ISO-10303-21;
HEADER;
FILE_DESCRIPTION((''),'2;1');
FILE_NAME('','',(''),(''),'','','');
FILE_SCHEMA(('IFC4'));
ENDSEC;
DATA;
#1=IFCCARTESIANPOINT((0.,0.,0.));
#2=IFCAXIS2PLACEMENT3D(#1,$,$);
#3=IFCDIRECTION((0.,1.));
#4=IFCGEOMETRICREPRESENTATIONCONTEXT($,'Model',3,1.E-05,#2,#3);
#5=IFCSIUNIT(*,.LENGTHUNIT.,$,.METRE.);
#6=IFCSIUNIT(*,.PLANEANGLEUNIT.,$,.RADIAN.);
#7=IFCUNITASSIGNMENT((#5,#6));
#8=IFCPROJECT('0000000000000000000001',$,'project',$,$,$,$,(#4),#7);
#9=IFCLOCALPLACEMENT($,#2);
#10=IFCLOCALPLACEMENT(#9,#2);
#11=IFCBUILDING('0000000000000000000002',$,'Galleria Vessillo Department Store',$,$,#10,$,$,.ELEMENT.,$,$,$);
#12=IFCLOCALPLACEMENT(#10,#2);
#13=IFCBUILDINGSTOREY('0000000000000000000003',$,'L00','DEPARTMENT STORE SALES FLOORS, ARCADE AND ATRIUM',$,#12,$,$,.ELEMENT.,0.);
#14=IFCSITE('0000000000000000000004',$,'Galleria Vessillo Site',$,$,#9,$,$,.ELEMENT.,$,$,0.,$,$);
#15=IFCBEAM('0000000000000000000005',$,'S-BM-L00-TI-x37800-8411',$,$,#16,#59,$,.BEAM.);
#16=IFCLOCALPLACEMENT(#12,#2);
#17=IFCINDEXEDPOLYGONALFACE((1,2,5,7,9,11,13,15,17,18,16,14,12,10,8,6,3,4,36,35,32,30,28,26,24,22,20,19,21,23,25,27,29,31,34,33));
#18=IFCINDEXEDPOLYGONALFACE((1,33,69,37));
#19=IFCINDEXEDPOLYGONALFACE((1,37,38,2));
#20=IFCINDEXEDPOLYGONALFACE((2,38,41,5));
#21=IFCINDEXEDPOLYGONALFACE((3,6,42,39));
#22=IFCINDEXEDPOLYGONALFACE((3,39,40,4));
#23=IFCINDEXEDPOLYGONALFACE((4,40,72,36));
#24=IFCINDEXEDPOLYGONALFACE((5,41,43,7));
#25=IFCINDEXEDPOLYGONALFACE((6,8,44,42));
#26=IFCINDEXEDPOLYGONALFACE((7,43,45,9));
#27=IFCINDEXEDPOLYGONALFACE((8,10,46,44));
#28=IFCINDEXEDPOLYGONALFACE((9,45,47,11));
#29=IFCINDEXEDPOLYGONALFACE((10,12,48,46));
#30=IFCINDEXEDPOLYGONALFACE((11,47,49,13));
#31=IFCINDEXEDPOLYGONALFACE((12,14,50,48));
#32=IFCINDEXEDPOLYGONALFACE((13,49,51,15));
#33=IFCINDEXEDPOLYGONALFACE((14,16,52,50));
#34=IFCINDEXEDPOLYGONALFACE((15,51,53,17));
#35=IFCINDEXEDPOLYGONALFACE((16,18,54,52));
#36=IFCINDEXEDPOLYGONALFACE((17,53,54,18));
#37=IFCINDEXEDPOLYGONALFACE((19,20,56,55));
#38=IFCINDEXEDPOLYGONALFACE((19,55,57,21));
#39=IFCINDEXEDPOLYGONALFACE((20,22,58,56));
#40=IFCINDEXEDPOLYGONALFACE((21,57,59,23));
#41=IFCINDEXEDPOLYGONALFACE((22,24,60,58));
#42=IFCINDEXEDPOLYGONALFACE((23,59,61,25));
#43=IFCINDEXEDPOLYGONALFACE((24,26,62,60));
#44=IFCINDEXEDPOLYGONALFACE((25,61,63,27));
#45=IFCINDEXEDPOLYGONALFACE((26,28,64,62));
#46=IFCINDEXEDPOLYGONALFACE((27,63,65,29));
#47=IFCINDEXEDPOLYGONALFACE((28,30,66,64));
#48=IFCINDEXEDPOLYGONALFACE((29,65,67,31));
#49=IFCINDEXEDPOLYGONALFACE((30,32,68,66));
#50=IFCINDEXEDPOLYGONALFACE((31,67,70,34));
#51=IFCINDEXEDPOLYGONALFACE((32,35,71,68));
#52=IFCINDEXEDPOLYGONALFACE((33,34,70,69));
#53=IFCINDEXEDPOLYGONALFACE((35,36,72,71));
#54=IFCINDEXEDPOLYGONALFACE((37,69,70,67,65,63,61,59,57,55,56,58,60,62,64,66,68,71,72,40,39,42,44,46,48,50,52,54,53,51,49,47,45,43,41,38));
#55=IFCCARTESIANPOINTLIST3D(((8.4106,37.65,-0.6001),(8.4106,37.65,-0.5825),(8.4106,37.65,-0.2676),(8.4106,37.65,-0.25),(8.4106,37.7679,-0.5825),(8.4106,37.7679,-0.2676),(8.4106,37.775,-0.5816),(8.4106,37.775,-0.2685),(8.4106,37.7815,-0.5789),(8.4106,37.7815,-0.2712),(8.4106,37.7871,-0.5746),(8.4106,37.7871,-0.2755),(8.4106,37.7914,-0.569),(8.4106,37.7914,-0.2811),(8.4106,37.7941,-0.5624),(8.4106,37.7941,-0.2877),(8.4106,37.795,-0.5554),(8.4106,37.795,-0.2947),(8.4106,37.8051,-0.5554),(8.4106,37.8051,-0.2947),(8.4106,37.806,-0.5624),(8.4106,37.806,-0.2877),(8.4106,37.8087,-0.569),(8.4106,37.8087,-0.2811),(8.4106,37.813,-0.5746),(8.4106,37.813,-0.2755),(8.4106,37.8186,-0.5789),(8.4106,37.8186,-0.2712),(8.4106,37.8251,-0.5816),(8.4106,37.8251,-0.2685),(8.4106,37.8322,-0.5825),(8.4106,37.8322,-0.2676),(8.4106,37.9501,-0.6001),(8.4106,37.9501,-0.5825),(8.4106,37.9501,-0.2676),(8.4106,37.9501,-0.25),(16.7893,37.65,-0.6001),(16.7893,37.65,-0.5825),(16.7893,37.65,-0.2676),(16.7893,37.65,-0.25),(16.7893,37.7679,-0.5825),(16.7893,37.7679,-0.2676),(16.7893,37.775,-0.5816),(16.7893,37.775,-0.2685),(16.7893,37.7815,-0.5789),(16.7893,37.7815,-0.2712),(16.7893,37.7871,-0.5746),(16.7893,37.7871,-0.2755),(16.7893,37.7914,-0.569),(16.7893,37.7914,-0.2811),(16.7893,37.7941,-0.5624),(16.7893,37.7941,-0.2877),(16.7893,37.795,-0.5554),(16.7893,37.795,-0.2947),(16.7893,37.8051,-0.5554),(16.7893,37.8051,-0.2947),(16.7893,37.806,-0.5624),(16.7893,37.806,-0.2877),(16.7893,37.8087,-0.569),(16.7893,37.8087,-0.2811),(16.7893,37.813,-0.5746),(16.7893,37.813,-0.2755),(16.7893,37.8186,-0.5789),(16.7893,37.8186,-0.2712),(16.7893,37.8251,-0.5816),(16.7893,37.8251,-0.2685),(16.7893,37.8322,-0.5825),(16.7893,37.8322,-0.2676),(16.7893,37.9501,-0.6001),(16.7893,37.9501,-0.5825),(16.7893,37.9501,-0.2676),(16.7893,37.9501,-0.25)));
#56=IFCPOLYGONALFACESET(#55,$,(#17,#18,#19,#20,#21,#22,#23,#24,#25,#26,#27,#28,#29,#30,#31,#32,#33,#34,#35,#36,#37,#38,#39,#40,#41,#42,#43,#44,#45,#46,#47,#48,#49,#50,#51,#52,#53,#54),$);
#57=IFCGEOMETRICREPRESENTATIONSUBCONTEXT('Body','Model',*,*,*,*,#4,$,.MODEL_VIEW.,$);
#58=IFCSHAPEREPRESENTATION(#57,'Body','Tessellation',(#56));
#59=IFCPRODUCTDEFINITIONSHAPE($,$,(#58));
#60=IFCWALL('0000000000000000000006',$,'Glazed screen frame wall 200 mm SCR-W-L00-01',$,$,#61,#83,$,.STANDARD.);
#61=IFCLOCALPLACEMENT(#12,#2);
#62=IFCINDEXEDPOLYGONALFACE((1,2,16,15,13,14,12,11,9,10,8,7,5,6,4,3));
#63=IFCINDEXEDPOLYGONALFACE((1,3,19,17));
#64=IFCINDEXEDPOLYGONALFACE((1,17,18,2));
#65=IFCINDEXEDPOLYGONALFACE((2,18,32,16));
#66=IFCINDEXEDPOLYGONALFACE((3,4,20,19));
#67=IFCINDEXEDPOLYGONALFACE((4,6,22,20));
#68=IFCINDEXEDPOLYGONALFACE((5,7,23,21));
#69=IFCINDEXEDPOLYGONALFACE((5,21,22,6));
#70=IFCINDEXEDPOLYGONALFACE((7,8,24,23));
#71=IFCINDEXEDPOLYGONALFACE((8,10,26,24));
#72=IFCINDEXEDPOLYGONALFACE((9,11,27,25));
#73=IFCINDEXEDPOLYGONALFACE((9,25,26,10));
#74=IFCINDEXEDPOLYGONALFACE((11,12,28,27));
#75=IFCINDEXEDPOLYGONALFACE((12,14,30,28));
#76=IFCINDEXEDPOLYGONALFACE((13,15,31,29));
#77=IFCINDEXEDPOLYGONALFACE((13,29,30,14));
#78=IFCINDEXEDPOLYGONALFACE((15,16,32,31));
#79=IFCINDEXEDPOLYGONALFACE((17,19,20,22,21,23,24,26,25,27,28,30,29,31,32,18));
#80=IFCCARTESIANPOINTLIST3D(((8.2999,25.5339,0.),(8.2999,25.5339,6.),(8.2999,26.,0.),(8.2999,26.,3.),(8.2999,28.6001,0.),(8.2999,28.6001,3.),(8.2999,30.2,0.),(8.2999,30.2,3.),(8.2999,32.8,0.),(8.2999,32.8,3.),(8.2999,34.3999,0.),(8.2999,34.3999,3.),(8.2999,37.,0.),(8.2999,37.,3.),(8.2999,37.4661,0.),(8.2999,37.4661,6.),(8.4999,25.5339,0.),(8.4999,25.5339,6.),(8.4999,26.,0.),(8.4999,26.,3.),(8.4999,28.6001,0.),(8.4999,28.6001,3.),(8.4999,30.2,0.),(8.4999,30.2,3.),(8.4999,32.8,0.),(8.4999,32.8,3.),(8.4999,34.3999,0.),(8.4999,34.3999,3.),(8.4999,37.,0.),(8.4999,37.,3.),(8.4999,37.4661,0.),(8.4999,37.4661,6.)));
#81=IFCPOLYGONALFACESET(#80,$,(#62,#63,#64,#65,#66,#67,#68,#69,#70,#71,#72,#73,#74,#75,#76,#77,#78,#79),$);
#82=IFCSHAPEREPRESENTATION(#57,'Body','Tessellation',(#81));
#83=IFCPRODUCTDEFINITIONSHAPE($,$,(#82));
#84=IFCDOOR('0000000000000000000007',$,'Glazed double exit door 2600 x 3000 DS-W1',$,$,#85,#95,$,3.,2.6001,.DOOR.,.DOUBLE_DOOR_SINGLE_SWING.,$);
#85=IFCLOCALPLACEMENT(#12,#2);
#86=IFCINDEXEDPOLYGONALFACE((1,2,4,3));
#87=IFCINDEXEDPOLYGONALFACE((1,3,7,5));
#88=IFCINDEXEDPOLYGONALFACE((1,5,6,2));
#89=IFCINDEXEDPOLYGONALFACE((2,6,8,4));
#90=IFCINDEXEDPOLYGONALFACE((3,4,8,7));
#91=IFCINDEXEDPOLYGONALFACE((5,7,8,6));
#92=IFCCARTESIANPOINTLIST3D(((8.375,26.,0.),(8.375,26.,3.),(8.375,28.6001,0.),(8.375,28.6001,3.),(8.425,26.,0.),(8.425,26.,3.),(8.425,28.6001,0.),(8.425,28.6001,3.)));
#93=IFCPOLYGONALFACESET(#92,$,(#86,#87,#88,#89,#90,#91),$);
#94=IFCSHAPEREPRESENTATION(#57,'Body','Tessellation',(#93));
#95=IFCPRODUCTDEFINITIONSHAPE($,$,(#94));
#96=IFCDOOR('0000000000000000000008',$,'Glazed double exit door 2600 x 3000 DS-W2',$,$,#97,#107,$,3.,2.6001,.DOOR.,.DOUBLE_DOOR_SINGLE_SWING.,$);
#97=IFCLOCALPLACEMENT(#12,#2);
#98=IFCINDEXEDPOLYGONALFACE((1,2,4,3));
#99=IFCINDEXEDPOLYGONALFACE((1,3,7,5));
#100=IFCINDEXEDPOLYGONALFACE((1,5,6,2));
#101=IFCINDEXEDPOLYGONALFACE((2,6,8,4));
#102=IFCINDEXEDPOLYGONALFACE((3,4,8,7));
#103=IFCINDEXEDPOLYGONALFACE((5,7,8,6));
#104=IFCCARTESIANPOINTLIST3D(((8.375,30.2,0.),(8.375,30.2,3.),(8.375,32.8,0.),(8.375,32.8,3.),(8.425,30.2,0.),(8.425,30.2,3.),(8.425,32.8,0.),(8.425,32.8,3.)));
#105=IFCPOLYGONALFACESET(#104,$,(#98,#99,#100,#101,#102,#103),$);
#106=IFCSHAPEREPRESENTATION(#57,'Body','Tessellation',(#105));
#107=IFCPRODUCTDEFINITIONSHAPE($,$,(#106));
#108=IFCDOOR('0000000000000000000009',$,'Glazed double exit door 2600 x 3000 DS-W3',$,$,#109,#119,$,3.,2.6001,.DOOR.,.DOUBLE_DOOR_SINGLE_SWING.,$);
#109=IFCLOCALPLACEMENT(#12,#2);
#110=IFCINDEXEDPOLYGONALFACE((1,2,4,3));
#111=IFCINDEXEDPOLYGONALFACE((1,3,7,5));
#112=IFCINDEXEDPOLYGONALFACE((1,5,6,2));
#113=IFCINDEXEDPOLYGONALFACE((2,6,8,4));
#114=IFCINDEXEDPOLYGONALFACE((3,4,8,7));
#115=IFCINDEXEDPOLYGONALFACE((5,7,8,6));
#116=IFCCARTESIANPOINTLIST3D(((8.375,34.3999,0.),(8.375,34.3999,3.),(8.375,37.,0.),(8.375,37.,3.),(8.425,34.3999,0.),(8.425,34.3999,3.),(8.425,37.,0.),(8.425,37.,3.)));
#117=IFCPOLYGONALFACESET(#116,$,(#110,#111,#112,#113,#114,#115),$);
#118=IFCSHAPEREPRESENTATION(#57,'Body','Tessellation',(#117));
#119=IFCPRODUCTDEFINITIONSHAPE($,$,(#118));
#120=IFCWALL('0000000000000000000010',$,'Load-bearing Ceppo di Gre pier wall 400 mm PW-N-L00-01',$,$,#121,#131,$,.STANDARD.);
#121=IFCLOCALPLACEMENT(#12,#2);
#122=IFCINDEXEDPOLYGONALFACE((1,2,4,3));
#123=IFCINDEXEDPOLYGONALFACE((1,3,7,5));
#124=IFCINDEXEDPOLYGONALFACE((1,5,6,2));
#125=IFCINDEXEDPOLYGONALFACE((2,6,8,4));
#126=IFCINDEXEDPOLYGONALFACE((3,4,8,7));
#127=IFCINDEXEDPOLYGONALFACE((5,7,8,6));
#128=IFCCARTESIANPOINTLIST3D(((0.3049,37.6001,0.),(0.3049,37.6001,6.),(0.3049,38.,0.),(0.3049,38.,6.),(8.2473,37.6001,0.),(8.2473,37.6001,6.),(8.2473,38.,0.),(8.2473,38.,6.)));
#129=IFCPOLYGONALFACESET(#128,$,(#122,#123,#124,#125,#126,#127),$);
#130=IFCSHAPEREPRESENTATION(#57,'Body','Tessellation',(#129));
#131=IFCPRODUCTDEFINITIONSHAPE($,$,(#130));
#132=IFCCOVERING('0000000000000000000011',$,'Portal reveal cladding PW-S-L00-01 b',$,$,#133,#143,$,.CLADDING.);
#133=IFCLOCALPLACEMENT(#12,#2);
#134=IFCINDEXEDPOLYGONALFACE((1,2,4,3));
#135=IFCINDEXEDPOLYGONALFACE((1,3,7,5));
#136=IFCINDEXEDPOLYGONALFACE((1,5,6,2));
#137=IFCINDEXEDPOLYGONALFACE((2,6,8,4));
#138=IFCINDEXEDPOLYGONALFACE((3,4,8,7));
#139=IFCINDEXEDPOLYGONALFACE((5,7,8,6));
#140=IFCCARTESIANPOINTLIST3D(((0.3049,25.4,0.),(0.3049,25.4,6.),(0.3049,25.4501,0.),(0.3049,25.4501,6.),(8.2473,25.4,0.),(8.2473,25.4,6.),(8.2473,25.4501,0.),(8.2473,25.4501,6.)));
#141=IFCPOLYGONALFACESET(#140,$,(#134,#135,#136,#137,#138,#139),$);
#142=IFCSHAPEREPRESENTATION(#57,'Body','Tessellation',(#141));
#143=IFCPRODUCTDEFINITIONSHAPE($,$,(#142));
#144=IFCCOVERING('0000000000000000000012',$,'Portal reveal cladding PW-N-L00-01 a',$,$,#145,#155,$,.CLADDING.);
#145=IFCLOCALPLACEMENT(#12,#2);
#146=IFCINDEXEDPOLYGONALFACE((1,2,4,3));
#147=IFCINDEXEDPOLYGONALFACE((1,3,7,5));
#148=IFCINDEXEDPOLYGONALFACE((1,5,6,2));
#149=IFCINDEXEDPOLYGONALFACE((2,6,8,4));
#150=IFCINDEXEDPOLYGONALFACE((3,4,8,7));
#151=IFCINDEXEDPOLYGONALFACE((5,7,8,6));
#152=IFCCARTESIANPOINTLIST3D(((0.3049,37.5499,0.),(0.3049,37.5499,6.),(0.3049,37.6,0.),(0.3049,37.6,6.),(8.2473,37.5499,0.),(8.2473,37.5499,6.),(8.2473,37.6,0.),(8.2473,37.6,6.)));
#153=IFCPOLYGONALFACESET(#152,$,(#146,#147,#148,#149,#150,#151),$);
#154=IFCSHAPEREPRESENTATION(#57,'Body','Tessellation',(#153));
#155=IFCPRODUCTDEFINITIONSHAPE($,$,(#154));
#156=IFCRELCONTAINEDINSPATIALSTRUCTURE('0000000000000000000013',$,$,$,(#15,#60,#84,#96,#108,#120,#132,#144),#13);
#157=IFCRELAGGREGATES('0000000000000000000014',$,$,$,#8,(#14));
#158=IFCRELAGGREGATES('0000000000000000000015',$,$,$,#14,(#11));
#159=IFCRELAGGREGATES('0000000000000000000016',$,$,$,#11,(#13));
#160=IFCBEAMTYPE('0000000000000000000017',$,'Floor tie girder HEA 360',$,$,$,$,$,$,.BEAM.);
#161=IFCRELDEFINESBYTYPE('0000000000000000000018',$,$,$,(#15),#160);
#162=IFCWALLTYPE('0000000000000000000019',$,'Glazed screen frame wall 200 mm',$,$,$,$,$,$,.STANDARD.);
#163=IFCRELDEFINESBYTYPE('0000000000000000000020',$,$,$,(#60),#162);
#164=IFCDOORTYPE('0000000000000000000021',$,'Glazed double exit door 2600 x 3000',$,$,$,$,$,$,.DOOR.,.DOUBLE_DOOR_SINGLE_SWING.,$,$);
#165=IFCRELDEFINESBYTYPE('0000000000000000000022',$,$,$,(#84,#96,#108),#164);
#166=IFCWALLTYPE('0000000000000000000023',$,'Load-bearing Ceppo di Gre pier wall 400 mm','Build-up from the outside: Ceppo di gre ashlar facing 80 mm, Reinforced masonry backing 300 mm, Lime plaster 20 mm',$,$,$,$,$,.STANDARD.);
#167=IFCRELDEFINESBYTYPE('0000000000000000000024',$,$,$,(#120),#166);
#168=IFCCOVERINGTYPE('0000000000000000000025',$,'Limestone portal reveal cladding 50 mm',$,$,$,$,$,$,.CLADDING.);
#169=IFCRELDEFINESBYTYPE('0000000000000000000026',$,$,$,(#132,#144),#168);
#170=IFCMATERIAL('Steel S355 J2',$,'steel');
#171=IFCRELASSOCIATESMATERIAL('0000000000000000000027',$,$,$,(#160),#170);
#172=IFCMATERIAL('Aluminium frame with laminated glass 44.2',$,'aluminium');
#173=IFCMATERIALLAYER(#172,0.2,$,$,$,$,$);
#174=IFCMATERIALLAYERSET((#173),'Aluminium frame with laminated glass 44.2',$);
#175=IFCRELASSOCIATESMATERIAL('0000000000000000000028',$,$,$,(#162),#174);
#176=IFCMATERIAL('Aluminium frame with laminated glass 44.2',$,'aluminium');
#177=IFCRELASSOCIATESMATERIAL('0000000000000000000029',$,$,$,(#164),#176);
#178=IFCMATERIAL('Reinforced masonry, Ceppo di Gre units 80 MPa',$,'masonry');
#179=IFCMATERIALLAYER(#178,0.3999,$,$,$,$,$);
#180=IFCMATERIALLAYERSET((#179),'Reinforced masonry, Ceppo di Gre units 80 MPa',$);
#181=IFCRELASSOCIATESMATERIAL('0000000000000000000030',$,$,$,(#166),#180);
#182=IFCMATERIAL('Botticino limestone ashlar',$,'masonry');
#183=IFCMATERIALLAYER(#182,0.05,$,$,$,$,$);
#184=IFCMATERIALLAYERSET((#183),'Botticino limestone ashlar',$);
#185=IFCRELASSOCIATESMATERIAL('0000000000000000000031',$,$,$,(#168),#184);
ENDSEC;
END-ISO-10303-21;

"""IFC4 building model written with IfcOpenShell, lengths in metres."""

from ifc_helpers import new_model, si_unit, direction, frame, frame_2d, origin, origin_2d, place, context, subcontext, project, spatial, rectangle, i_section, extrude, material, layer, layer_set, material_profile, profile_set, type_object, element, fill, save


model = new_model("IFC4")

# Units and contexts
model_context = context("Model", 3, precision=1e-05, world=origin(), true_north=direction((0.0, 1.0)))
body_context = subcontext(model_context, "Body", "Model", "MODEL_VIEW")
ifc_project = project(units=[si_unit("LENGTHUNIT", "METRE"), si_unit("PLANEANGLEUNIT", "RADIAN")], contexts=[model_context])

# Site, building, storey
site_placement = place(None, origin())
site = spatial("IfcSite", under=ifc_project, at=site_placement, Name="Galleria Vessillo Site", CompositionType="ELEMENT", RefElevation=0.0)
building_placement = place(site_placement, origin())
building = spatial("IfcBuilding", under=site, at=building_placement, Name="Galleria Vessillo Department Store", CompositionType="ELEMENT")
storey_placement = place(building_placement, origin())
storey = spatial("IfcBuildingStorey", under=building, at=storey_placement, Name="L00", Description="DEPARTMENT STORE SALES FLOORS, ARCADE AND ATRIUM", CompositionType="ELEMENT", Elevation=0.0)

# Beam
ifc_material_1 = material(Name="Steel S355 J2", Category="steel")
ifc_material_profile_1 = material_profile(ifc_material_1, i_section(OverallWidth=0.3, OverallDepth=0.3501, WebThickness=0.01, FlangeThickness=0.0176, FilletRadius=0.0271, at=origin_2d()), Name="HEA 360")
ifc_profile_set_1 = profile_set([ifc_material_profile_1], Name="Steel S355 J2")
beam_type_1 = type_object("IfcBeamType", Name="Floor tie girder HEA 360", PredefinedType="BEAM", material=ifc_profile_set_1)
beam_1_placement = place(storey_placement, frame((8.4106, 37.8, -0.425), z_axis=(1.0, 0.0, 0.0), x_axis=(0.0, 1.0, 0.0)))
element("IfcBeam", 1, at=beam_1_placement, inside=storey, type_object=beam_type_1, Name="S-BM-L00-TI-x37800-8411", PredefinedType="BEAM", context=body_context, shape_type="SweptSolid", body=[
    extrude(i_section(OverallWidth=0.3, OverallDepth=0.3501, WebThickness=0.01, FlangeThickness=0.0176, FilletRadius=0.0271, at=origin_2d()), origin(), (0.0, 0.0, 1.0), 8.3787),
])

# Wall, openings, doors
ifc_material_2 = material(Name="Aluminium frame with laminated glass 44.2", Category="aluminium")
ifc_layer_1 = layer(ifc_material_2, 0.2)
ifc_layer_set_1 = layer_set([ifc_layer_1], Name="Aluminium frame with laminated glass 44.2")
wall_type_1 = type_object("IfcWallType", Name="Glazed screen frame wall 200 mm", PredefinedType="STANDARD", material=ifc_layer_set_1)
wall_1_placement = place(storey_placement, frame((8.3999, 25.5339, 0.0), z_axis=(0.0, 0.0, 1.0), x_axis=(0.0, 1.0, 0.0)))
wall_1 = element("IfcWall", 2, at=wall_1_placement, inside=storey, type_object=wall_type_1, Name="Glazed screen frame wall 200 mm SCR-W-L00-01", PredefinedType="STANDARD", context=body_context, shape_type="SweptSolid", body=[
    extrude(rectangle(XDim=11.9321, YDim=0.2, at=frame_2d((5.9661, 0.0))), origin(), (0.0, 0.0, 1.0), 6.0),
])
opening_1_placement = place(wall_1_placement, frame((0.4661, 0.0, 0.0)))
opening_1 = element("IfcOpeningElement", 3, at=opening_1_placement, cuts=wall_1, PredefinedType="OPENING", context=body_context, shape_type="SweptSolid", body=[
    extrude(rectangle(XDim=2.6001, YDim=3.0, at=frame_2d((1.3, 1.5))), frame((0.0, 0.1099, 0.0), z_axis=(0.0, -1.0, 0.0), x_axis=(1.0, 0.0, 0.0)), (0.0, 0.0, 1.0), 0.22),
])
opening_2_placement = place(wall_1_placement, frame((4.666, 0.0, 0.0)))
opening_2 = element("IfcOpeningElement", 4, at=opening_2_placement, cuts=wall_1, PredefinedType="OPENING", context=body_context, shape_type="SweptSolid", body=[
    extrude(rectangle(XDim=2.6001, YDim=3.0, at=frame_2d((1.3, 1.5))), frame((0.0, 0.1099, 0.0), z_axis=(0.0, -1.0, 0.0), x_axis=(1.0, 0.0, 0.0)), (0.0, 0.0, 1.0), 0.22),
])
opening_3_placement = place(wall_1_placement, frame((8.866, 0.0, 0.0)))
opening_3 = element("IfcOpeningElement", 5, at=opening_3_placement, cuts=wall_1, PredefinedType="OPENING", context=body_context, shape_type="SweptSolid", body=[
    extrude(rectangle(XDim=2.6001, YDim=3.0, at=frame_2d((1.3, 1.5))), frame((0.0, 0.1099, 0.0), z_axis=(0.0, -1.0, 0.0), x_axis=(1.0, 0.0, 0.0)), (0.0, 0.0, 1.0), 0.22),
])
ifc_material_3 = material(Name="Aluminium frame with laminated glass 44.2", Category="aluminium")
door_type = type_object("IfcDoorType", Name="Glazed double exit door 2600 x 3000", OperationType="DOUBLE_DOOR_SINGLE_SWING", PredefinedType="DOOR", material=ifc_material_3)
door_1_placement = place(opening_1_placement, origin())
door_1 = element("IfcDoor", 6, at=door_1_placement, inside=storey, type_object=door_type, Name="Glazed double exit door 2600 x 3000 DS-W1", OperationType="DOUBLE_DOOR_SINGLE_SWING", OverallHeight=3.0, OverallWidth=2.6001, PredefinedType="DOOR", context=body_context, shape_type="SweptSolid", body=[
    extrude(rectangle(XDim=2.6001, YDim=3.0, at=frame_2d((1.3, 1.5))), frame((0.0, 0.0249, 0.0), z_axis=(0.0, -1.0, 0.0), x_axis=(1.0, 0.0, 0.0)), (0.0, 0.0, 1.0), 0.05),
])
fill(opening_1, door_1)
door_2_placement = place(opening_2_placement, origin())
door_2 = element("IfcDoor", 7, at=door_2_placement, inside=storey, type_object=door_type, Name="Glazed double exit door 2600 x 3000 DS-W2", OperationType="DOUBLE_DOOR_SINGLE_SWING", OverallHeight=3.0, OverallWidth=2.6001, PredefinedType="DOOR", context=body_context, shape_type="SweptSolid", body=[
    extrude(rectangle(XDim=2.6001, YDim=3.0, at=frame_2d((1.3, 1.5))), frame((0.0, 0.0249, 0.0), z_axis=(0.0, -1.0, 0.0), x_axis=(1.0, 0.0, 0.0)), (0.0, 0.0, 1.0), 0.05),
])
fill(opening_2, door_2)
door_3_placement = place(opening_3_placement, origin())
door_3 = element("IfcDoor", 8, at=door_3_placement, inside=storey, type_object=door_type, Name="Glazed double exit door 2600 x 3000 DS-W3", OperationType="DOUBLE_DOOR_SINGLE_SWING", OverallHeight=3.0, OverallWidth=2.6001, PredefinedType="DOOR", context=body_context, shape_type="SweptSolid", body=[
    extrude(rectangle(XDim=2.6001, YDim=3.0, at=frame_2d((1.3, 1.5))), frame((0.0, 0.0249, 0.0), z_axis=(0.0, -1.0, 0.0), x_axis=(1.0, 0.0, 0.0)), (0.0, 0.0, 1.0), 0.05),
])
fill(opening_3, door_3)

# Wall
ifc_material_4 = material(Name="Reinforced masonry, Ceppo di Gre units 80 MPa", Category="masonry")
ifc_layer_2 = layer(ifc_material_4, 0.3999)
ifc_layer_set_2 = layer_set([ifc_layer_2], Name="Reinforced masonry, Ceppo di Gre units 80 MPa")
wall_type_2 = type_object("IfcWallType", Name="Load-bearing Ceppo di Gre pier wall 400 mm", Description="Build-up from the outside: Ceppo di gre ashlar facing 80 mm, Reinforced masonry backing 300 mm, Lime plaster 20 mm", PredefinedType="STANDARD", material=ifc_layer_set_2)
wall_2_placement = place(storey_placement, frame((0.3049, 37.8, 0.0), z_axis=(0.0, 0.0, 1.0), x_axis=(1.0, 0.0, 0.0)))
element("IfcWall", 9, at=wall_2_placement, inside=storey, type_object=wall_type_2, Name="Load-bearing Ceppo di Gre pier wall 400 mm PW-N-L00-01", PredefinedType="STANDARD", context=body_context, shape_type="SweptSolid", body=[
    extrude(rectangle(XDim=7.9424, YDim=0.3999, at=frame_2d((3.9712, 0.0))), origin(), (0.0, 0.0, 1.0), 6.0),
])

# Coverings
ifc_material_5 = material(Name="Botticino limestone ashlar", Category="masonry")
ifc_layer_3 = layer(ifc_material_5, 0.05)
ifc_layer_set_3 = layer_set([ifc_layer_3], Name="Botticino limestone ashlar")
covering_type = type_object("IfcCoveringType", Name="Limestone portal reveal cladding 50 mm", PredefinedType="CLADDING", material=ifc_layer_set_3)
for number, where, z_axis, x_axis, name in (
    (10, (4.2761, 25.425, 0.0), (0.0, 0.0, 1.0), (1.0, 0.0, 0.0), "Portal reveal cladding PW-S-L00-01 b"),
    (11, (4.2761, 37.575, 0.0), (0.0, 0.0, 1.0), (1.0, 0.0, 0.0), "Portal reveal cladding PW-N-L00-01 a"),
):
    element("IfcCovering", number, at=place(storey_placement, frame(where, z_axis=z_axis, x_axis=x_axis)), inside=storey, type_object=covering_type, Name=name, PredefinedType="CLADDING", context=body_context, shape_type="SweptSolid", body=[
        extrude(rectangle(XDim=7.9424, YDim=0.05, at=origin_2d()), origin(), (0.0, 0.0, 1.0), 6.0),
    ])

save(model, "model.ifc")
